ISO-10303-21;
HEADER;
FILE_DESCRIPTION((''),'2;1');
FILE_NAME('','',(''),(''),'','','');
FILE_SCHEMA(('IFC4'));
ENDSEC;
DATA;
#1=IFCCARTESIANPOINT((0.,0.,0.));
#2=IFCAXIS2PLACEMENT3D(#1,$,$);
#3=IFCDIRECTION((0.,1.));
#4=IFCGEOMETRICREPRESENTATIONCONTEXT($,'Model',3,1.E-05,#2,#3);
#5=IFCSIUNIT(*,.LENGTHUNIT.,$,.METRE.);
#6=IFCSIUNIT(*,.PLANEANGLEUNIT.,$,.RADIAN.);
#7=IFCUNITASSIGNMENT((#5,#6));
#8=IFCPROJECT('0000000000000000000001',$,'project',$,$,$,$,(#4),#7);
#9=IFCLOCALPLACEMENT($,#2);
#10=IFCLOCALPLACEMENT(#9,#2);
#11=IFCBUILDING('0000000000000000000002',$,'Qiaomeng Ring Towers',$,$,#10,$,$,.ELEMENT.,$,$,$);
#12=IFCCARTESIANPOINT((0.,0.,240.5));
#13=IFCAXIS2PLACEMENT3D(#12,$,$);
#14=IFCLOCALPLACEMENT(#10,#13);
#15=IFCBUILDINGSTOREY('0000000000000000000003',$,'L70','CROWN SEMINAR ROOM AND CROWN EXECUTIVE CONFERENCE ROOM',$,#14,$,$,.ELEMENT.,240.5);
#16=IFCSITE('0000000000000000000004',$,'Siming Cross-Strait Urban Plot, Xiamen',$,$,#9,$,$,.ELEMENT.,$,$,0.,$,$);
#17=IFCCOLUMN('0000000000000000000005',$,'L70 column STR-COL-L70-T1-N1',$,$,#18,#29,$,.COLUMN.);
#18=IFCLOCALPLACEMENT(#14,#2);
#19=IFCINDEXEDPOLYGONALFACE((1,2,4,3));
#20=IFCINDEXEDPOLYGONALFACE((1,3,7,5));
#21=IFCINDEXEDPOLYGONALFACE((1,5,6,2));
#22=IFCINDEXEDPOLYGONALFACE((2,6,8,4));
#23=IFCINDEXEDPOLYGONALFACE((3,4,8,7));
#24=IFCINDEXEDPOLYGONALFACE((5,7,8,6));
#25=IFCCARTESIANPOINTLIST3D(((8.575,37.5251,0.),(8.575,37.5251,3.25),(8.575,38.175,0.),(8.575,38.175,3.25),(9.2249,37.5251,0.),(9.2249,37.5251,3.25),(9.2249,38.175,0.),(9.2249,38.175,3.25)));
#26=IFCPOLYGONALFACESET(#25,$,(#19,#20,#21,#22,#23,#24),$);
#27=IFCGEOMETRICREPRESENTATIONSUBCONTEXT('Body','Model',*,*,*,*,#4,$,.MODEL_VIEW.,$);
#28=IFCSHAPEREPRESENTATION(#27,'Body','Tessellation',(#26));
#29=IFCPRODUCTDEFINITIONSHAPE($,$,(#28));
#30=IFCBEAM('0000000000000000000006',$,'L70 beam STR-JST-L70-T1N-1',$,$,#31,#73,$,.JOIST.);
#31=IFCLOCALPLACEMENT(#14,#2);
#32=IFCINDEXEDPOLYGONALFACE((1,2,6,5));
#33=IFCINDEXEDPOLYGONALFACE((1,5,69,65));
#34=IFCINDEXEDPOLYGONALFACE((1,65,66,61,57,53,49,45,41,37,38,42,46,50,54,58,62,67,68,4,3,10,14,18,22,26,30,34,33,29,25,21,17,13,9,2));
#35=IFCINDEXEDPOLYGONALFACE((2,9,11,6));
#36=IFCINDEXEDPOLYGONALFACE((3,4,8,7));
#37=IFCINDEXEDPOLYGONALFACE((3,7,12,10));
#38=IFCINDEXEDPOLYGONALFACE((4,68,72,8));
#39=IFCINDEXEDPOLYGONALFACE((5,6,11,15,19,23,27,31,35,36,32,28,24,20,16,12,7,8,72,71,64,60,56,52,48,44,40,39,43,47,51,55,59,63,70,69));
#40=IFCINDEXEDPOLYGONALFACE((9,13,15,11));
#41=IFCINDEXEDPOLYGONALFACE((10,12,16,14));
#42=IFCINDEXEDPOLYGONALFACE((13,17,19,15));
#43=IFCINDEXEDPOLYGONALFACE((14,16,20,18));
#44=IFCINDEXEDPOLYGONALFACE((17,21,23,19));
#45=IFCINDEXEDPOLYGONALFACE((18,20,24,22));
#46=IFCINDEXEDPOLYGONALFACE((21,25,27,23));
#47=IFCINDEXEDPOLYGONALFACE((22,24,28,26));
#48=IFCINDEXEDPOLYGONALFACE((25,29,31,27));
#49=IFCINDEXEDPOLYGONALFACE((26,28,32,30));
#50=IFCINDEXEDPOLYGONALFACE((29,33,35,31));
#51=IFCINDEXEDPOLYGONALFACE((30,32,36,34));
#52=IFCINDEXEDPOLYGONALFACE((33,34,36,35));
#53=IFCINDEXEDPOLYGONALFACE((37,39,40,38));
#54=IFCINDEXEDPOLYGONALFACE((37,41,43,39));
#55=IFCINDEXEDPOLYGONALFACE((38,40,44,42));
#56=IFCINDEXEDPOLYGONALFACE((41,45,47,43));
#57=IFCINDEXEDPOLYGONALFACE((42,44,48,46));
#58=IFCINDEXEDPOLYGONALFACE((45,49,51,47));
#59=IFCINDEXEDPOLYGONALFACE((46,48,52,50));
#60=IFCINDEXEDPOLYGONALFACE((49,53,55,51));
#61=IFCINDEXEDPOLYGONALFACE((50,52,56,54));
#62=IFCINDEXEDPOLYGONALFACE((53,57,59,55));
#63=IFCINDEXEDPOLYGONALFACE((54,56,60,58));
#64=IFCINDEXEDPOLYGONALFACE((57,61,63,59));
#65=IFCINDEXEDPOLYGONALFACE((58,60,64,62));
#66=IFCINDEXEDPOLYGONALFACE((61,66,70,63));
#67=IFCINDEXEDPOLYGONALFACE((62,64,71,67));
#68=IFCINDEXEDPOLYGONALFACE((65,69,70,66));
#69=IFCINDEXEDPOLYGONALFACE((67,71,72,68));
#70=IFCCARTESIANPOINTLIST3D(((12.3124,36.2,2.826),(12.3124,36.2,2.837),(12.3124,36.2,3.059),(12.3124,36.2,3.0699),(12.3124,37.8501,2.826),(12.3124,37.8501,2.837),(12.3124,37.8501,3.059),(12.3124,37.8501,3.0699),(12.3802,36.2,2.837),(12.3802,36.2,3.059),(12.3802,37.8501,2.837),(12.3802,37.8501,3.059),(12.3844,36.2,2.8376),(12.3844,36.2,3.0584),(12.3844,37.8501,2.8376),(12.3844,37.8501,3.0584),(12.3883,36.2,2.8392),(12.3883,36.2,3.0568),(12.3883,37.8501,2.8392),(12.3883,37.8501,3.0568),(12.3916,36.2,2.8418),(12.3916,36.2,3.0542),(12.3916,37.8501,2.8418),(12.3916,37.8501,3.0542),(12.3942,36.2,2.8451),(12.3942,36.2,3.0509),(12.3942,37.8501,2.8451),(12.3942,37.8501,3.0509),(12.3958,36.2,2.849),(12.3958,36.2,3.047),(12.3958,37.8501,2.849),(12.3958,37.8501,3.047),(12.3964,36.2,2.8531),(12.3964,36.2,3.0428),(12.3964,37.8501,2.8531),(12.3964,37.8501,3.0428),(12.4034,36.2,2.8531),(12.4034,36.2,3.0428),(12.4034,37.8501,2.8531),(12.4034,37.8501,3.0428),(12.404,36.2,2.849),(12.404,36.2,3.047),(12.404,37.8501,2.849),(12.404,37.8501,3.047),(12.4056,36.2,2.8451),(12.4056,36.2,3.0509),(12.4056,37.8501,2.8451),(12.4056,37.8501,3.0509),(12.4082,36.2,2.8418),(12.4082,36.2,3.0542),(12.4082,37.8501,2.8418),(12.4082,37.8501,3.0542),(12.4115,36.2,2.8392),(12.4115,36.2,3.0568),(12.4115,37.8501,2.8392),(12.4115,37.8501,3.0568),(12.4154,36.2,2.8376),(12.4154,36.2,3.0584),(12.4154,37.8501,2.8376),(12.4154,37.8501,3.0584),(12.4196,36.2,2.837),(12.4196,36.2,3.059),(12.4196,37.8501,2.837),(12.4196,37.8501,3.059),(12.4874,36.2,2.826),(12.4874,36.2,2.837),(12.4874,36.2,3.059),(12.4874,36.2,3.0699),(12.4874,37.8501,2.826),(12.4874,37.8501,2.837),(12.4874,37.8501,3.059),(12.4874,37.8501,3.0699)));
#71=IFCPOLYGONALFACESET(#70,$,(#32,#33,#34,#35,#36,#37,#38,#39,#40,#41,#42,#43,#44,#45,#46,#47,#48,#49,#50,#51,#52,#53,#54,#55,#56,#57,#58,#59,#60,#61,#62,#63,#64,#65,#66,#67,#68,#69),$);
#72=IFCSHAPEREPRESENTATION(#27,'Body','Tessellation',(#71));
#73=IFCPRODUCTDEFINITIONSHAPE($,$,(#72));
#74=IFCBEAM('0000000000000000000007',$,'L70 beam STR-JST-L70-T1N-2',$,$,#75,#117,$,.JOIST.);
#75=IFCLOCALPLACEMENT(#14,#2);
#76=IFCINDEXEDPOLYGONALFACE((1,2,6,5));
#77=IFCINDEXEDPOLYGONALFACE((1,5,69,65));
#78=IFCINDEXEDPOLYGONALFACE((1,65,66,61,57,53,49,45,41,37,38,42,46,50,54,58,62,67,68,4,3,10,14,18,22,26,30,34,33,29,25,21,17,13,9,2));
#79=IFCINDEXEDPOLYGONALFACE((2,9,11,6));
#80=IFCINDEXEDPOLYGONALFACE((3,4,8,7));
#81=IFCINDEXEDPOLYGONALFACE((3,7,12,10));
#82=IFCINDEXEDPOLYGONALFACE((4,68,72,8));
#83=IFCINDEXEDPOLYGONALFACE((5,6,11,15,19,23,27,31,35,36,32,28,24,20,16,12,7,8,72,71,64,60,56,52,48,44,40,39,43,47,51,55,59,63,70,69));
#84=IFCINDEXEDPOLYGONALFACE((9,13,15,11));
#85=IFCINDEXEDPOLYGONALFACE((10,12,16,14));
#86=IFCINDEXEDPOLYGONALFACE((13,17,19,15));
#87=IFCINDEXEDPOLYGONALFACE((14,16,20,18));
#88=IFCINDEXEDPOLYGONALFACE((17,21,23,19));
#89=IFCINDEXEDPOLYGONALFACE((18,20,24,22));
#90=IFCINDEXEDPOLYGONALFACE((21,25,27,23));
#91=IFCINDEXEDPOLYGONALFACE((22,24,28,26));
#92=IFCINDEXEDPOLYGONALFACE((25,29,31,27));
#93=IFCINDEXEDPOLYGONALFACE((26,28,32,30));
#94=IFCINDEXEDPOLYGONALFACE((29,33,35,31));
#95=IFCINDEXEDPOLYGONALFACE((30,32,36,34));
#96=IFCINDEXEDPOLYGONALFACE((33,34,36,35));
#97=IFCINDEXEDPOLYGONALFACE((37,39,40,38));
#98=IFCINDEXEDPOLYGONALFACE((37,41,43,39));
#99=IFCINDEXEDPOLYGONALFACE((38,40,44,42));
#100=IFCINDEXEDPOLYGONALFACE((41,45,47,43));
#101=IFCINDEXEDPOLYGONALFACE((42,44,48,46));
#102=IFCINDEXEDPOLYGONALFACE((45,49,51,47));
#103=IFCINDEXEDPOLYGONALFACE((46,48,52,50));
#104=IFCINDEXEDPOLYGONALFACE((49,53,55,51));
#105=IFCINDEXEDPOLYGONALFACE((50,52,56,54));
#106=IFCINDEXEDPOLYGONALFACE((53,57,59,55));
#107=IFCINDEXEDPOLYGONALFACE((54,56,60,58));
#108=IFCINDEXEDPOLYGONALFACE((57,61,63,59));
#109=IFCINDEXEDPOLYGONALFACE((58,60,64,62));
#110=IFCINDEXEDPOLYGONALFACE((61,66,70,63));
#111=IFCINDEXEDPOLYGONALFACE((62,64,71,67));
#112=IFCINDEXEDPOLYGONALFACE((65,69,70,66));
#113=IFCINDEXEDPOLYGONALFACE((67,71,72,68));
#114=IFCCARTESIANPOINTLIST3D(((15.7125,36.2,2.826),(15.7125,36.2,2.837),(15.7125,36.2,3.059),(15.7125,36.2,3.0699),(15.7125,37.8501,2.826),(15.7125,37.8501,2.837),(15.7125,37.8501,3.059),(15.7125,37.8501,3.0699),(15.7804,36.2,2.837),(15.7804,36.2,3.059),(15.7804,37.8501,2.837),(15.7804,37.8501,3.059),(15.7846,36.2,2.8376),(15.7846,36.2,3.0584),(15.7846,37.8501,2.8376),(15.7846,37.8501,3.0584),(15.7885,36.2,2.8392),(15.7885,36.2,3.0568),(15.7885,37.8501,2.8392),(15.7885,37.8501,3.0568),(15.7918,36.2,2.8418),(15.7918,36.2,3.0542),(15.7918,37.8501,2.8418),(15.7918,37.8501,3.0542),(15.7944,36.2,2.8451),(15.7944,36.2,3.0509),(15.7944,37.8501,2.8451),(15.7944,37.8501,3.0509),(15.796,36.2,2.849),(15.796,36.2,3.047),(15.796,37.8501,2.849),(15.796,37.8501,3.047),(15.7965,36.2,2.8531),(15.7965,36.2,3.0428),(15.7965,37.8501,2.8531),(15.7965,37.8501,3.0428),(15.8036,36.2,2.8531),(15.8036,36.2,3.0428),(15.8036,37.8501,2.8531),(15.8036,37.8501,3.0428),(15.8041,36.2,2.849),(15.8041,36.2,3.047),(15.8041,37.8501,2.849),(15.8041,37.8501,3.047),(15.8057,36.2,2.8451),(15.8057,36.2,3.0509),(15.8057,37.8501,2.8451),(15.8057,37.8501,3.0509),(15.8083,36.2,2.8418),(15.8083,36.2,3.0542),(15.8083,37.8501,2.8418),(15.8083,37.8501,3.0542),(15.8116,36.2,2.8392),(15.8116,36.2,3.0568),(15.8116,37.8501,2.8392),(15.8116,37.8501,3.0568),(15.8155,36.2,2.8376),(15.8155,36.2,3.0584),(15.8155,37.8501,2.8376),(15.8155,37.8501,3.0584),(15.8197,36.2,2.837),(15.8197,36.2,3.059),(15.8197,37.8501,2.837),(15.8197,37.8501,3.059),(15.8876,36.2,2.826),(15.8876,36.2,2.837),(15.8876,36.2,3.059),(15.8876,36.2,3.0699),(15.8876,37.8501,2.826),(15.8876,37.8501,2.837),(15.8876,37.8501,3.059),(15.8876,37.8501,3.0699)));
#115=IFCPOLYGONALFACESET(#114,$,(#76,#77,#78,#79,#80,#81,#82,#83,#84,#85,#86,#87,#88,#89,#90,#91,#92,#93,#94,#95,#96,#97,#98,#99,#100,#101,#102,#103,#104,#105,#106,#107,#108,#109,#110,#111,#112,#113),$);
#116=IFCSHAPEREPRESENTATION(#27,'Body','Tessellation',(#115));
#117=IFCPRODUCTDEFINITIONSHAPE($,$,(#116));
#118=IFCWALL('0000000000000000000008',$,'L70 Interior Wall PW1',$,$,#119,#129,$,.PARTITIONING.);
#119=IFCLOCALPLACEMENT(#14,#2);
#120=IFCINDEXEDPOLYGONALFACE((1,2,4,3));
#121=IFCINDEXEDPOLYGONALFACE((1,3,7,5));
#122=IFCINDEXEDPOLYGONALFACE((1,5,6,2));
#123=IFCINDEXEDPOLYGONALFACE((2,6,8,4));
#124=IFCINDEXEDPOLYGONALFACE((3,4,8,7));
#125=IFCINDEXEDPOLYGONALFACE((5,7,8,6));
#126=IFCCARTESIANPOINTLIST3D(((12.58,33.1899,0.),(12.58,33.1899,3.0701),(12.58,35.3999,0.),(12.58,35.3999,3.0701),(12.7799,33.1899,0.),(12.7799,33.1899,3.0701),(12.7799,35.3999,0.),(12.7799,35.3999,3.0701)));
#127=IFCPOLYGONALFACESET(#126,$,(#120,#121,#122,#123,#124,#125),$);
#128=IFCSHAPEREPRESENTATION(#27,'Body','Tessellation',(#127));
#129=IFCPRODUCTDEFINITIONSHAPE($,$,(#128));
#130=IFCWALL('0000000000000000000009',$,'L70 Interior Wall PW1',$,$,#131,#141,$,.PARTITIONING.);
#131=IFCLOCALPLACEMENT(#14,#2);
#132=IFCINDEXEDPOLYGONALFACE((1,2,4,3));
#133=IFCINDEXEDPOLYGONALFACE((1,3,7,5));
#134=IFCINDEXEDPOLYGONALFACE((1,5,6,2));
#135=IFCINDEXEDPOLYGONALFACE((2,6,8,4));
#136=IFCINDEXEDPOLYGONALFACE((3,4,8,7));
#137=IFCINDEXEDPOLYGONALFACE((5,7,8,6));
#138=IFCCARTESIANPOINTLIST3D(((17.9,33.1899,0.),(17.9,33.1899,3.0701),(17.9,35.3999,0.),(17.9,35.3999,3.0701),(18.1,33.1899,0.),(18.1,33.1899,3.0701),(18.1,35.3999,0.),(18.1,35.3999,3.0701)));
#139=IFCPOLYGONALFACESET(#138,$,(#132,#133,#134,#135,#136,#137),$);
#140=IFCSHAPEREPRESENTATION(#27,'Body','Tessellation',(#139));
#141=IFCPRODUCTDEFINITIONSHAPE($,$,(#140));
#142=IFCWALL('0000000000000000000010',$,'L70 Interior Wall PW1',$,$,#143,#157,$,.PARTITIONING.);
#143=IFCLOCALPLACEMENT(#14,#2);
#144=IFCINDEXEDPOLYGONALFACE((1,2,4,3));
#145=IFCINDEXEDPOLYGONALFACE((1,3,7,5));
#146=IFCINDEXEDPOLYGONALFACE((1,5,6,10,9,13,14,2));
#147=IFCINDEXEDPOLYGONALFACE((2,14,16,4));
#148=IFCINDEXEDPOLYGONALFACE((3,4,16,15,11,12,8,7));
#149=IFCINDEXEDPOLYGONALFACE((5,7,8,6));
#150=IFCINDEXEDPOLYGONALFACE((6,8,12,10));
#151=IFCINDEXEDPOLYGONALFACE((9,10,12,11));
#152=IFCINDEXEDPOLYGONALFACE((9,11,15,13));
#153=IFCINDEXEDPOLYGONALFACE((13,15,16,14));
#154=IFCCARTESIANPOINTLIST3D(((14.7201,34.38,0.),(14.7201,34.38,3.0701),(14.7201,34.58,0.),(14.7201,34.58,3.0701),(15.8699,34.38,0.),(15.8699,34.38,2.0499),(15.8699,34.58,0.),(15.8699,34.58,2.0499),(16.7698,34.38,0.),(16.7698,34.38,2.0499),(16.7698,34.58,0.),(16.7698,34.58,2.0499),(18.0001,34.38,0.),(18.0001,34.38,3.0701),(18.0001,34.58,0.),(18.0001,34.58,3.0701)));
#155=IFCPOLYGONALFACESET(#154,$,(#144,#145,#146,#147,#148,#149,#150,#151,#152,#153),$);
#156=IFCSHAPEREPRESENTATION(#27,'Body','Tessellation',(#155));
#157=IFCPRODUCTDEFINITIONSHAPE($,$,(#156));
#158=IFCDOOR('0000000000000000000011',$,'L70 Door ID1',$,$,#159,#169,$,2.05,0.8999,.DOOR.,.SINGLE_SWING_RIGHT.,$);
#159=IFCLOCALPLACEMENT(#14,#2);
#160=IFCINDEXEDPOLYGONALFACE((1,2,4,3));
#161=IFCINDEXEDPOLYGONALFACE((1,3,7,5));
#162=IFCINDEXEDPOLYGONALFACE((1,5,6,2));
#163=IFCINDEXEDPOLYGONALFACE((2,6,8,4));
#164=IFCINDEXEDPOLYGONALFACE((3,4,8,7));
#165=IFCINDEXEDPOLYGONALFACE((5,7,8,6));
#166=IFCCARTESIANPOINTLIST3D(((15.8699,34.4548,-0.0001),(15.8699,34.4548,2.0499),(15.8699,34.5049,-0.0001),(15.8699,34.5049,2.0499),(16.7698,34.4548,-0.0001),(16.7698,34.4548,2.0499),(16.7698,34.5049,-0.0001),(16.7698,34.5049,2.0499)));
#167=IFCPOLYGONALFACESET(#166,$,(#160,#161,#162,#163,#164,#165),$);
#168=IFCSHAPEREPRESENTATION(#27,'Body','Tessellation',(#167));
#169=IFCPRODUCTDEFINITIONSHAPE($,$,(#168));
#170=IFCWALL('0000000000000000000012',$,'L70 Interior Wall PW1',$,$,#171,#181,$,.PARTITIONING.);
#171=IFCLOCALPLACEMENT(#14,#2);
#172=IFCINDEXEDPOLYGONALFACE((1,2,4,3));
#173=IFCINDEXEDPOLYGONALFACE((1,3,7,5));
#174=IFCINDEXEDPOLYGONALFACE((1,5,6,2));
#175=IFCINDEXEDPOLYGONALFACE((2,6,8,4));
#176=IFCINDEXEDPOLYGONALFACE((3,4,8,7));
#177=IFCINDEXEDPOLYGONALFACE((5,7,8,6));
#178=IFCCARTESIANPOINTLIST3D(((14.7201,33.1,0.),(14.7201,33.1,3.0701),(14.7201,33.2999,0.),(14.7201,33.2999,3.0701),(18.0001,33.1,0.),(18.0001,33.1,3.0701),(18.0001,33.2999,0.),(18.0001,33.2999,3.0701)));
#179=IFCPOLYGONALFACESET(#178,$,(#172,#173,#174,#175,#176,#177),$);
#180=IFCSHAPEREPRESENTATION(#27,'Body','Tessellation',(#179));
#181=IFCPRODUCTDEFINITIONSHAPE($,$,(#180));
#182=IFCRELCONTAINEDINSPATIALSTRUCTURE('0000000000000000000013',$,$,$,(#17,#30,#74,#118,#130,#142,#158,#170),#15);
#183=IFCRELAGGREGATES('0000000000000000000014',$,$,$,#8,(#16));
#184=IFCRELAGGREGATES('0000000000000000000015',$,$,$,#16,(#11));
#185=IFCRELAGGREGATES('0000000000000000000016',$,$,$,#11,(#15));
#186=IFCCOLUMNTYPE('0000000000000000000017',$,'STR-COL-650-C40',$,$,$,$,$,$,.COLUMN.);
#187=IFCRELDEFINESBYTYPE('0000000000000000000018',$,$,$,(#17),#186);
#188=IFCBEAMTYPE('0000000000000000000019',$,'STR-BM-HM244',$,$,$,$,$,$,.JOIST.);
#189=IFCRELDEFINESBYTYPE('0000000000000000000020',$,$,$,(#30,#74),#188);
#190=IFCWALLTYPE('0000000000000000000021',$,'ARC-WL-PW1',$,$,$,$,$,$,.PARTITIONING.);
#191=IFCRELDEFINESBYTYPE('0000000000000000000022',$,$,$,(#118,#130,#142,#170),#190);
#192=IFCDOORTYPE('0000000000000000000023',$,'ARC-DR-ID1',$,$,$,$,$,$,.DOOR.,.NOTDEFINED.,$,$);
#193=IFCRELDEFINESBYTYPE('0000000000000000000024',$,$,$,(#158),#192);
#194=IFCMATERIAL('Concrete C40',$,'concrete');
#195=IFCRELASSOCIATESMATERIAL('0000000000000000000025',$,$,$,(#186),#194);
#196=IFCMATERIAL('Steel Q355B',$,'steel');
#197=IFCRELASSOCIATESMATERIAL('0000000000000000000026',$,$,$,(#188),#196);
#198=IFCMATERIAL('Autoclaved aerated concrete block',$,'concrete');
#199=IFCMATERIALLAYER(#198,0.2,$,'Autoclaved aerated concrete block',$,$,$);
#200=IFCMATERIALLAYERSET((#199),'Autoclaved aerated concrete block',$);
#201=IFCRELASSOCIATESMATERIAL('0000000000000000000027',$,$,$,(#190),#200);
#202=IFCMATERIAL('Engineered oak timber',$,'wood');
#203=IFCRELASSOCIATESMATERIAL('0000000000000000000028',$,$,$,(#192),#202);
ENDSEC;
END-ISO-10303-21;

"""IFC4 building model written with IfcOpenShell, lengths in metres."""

from ifc_helpers import new_model, si_unit, direction, frame, frame_2d, origin, origin_2d, place, context, subcontext, project, spatial, rectangle, i_section, extrude, source, transform, mapped, material, layer, layer_set, material_profile, profile_set, type_object, element, fill, save


model = new_model("IFC4")

# Units and contexts
model_context = context("Model", 3, precision=1e-05, world=origin(), true_north=direction((0.0, 1.0)))
body_context = subcontext(model_context, "Body", "Model", "MODEL_VIEW")
ifc_project = project(units=[si_unit("LENGTHUNIT", "METRE"), si_unit("PLANEANGLEUNIT", "RADIAN")], contexts=[model_context])

# Site, building, storey
site_placement = place(None, origin())
site = spatial("IfcSite", under=ifc_project, at=site_placement, Name="Siming Cross-Strait Urban Plot, Xiamen", CompositionType="ELEMENT", RefElevation=0.0)
building_placement = place(site_placement, origin())
building = spatial("IfcBuilding", under=site, at=building_placement, Name="Qiaomeng Ring Towers", CompositionType="ELEMENT")
storey_placement = place(building_placement, frame((0.0, 0.0, 240.5)))
storey = spatial("IfcBuildingStorey", under=building, at=storey_placement, Name="L70", Description="CROWN SEMINAR ROOM AND CROWN EXECUTIVE CONFERENCE ROOM", CompositionType="ELEMENT", Elevation=240.5)

# Column
ifc_material_1 = material(Name="Concrete C40", Category="concrete")
ifc_material_profile_1 = material_profile(ifc_material_1, rectangle(XDim=0.6499, YDim=0.6499, at=origin_2d()), Name="RC COL 650x650")
ifc_profile_set_1 = profile_set([ifc_material_profile_1], Name="Concrete C40")
column_type = type_object("IfcColumnType", Name="STR-COL-650-C40", PredefinedType="COLUMN", material=ifc_profile_set_1)
shared_shape_1 = source(origin(), body_context, "Body", "SweptSolid", [
    extrude(rectangle(XDim=0.6499, YDim=0.6499, at=origin_2d()), origin(), (0.0, 0.0, 1.0), 3.25),
])
column_placement = place(storey_placement, frame((8.8999, 37.8501, 0.0), z_axis=(0.0, 0.0, 1.0), x_axis=(1.0, 0.0, 0.0)))
element("IfcColumn", 1, at=column_placement, inside=storey, type_object=column_type, Name="L70 column STR-COL-L70-T1-N1", PredefinedType="COLUMN", context=body_context, shape_type="MappedRepresentation", body=[
    mapped(shared_shape_1, transform((0.0, 0.0, 0.0), x_axis=(1.0, 0.0, 0.0), y_axis=(0.0, 1.0, 0.0), z_axis=(0.0, 0.0, 1.0), scale=1.0)),
])

# Beams
ifc_material_2 = material(Name="Steel Q355B", Category="steel")
ifc_material_profile_2 = material_profile(ifc_material_2, i_section(OverallWidth=0.175, OverallDepth=0.2439, WebThickness=0.0071, FlangeThickness=0.011, FilletRadius=0.0161, at=origin_2d()), Name="HM 244x175x7x11")
ifc_profile_set_2 = profile_set([ifc_material_profile_2], Name="Steel Q355B")
beam_type = type_object("IfcBeamType", Name="STR-BM-HM244", PredefinedType="JOIST", material=ifc_profile_set_2)
shared_shape_2 = source(origin(), body_context, "Body", "SweptSolid", [
    extrude(i_section(OverallWidth=0.175, OverallDepth=0.2439, WebThickness=0.0071, FlangeThickness=0.011, FilletRadius=0.0161, at=origin_2d()), origin(), (0.0, 0.0, 1.0), 1.6501),
])
for number, where, z_axis, x_axis, name in (
    (2, (12.3999, 36.2, 2.948), (0.0, 1.0, 0.0), (-1.0, 0.0, 0.0), "L70 beam STR-JST-L70-T1N-1"),
    (3, (15.8, 36.2, 2.948), (0.0, 1.0, 0.0), (-1.0, 0.0, 0.0), "L70 beam STR-JST-L70-T1N-2"),
):
    element("IfcBeam", number, at=place(storey_placement, frame(where, z_axis=z_axis, x_axis=x_axis)), inside=storey, type_object=beam_type, Name=name, PredefinedType="JOIST", context=body_context, shape_type="MappedRepresentation", body=[
        mapped(shared_shape_2, transform((0.0, 0.0, 0.0), x_axis=(1.0, 0.0, 0.0), y_axis=(0.0, 1.0, 0.0), z_axis=(0.0, 0.0, 1.0), scale=1.0)),
    ])

# Walls
ifc_material_3 = material(Name="Autoclaved aerated concrete block", Category="concrete")
ifc_layer_1 = layer(ifc_material_3, 0.2, Name="Autoclaved aerated concrete block")
ifc_layer_set_1 = layer_set([ifc_layer_1], Name="Autoclaved aerated concrete block")
wall_type_1 = type_object("IfcWallType", Name="ARC-WL-PW1", PredefinedType="PARTITIONING", material=ifc_layer_set_1)
for number, where, z_axis, x_axis, name in (
    (4, (12.6799, 33.1899, 0.0), (0.0, 0.0, 1.0), (0.0, 1.0, 0.0), "L70 Interior Wall PW1"),
    (5, (18.0, 33.1899, 0.0), (0.0, 0.0, 1.0), (0.0, 1.0, 0.0), "L70 Interior Wall PW1"),
):
    element("IfcWall", number, at=place(storey_placement, frame(where, z_axis=z_axis, x_axis=x_axis)), inside=storey, type_object=wall_type_1, Name=name, PredefinedType="PARTITIONING", context=body_context, shape_type="SweptSolid", body=[
        extrude(rectangle(XDim=2.21, YDim=0.2, at=frame_2d((1.105, 0.0))), origin(), (0.0, 0.0, 1.0), 3.0701),
    ])

# Wall, opening, door
wall_1_placement = place(storey_placement, frame((14.72, 34.48, 0.0), z_axis=(0.0, 0.0, 1.0), x_axis=(1.0, 0.0, 0.0)))
wall_1 = element("IfcWall", 6, at=wall_1_placement, inside=storey, type_object=wall_type_1, Name="L70 Interior Wall PW1", PredefinedType="PARTITIONING", context=body_context, shape_type="SweptSolid", body=[
    extrude(rectangle(XDim=3.28, YDim=0.2, at=frame_2d((1.6401, 0.0))), origin(), (0.0, 0.0, 1.0), 3.0701),
])
opening_1_placement = place(wall_1_placement, frame((1.1499, 0.0, 0.0)))
opening_1 = element("IfcOpeningElement", 7, at=opening_1_placement, cuts=wall_1, PredefinedType="OPENING", context=body_context, shape_type="SweptSolid", body=[
    extrude(rectangle(XDim=0.8999, YDim=2.05, at=frame_2d((0.45, 1.0249))), frame((0.0, 0.1099, 0.0), z_axis=(0.0, -1.0, 0.0), x_axis=(1.0, 0.0, 0.0)), (0.0, 0.0, 1.0), 0.22),
])
ifc_material_4 = material(Name="Engineered oak timber", Category="wood")
door_type_1 = type_object("IfcDoorType", Name="ARC-DR-ID1", OperationType="NOTDEFINED", PredefinedType="DOOR", material=ifc_material_4)
shared_shape_3 = source(origin(), body_context, "Body", "SweptSolid", [
    extrude(rectangle(XDim=0.8999, YDim=2.05, at=frame_2d((0.45, 1.0249))), frame((0.0, 0.0249, 0.0), z_axis=(0.0, -1.0, 0.0), x_axis=(1.0, 0.0, 0.0)), (0.0, 0.0, 1.0), 0.05),
])
door_1_placement = place(opening_1_placement, origin())
door_1 = element("IfcDoor", 8, at=door_1_placement, inside=storey, type_object=door_type_1, Name="L70 Door ID1", OperationType="SINGLE_SWING_RIGHT", OverallHeight=2.05, OverallWidth=0.8999, PredefinedType="DOOR", context=body_context, shape_type="MappedRepresentation", body=[
    mapped(shared_shape_3, transform((0.0, 0.0, 0.0), x_axis=(1.0, 0.0, 0.0), y_axis=(0.0, 1.0, 0.0), z_axis=(0.0, 0.0, 1.0), scale=1.0)),
])
fill(opening_1, door_1)

# Wall
wall_2_placement = place(storey_placement, frame((14.72, 33.2, 0.0), z_axis=(0.0, 0.0, 1.0), x_axis=(1.0, 0.0, 0.0)))
element("IfcWall", 9, at=wall_2_placement, inside=storey, type_object=wall_type_1, Name="L70 Interior Wall PW1", PredefinedType="PARTITIONING", context=body_context, shape_type="SweptSolid", body=[
    extrude(rectangle(XDim=3.28, YDim=0.2, at=frame_2d((1.6401, 0.0))), origin(), (0.0, 0.0, 1.0), 3.0701),
])

save(model, "model.ifc")
